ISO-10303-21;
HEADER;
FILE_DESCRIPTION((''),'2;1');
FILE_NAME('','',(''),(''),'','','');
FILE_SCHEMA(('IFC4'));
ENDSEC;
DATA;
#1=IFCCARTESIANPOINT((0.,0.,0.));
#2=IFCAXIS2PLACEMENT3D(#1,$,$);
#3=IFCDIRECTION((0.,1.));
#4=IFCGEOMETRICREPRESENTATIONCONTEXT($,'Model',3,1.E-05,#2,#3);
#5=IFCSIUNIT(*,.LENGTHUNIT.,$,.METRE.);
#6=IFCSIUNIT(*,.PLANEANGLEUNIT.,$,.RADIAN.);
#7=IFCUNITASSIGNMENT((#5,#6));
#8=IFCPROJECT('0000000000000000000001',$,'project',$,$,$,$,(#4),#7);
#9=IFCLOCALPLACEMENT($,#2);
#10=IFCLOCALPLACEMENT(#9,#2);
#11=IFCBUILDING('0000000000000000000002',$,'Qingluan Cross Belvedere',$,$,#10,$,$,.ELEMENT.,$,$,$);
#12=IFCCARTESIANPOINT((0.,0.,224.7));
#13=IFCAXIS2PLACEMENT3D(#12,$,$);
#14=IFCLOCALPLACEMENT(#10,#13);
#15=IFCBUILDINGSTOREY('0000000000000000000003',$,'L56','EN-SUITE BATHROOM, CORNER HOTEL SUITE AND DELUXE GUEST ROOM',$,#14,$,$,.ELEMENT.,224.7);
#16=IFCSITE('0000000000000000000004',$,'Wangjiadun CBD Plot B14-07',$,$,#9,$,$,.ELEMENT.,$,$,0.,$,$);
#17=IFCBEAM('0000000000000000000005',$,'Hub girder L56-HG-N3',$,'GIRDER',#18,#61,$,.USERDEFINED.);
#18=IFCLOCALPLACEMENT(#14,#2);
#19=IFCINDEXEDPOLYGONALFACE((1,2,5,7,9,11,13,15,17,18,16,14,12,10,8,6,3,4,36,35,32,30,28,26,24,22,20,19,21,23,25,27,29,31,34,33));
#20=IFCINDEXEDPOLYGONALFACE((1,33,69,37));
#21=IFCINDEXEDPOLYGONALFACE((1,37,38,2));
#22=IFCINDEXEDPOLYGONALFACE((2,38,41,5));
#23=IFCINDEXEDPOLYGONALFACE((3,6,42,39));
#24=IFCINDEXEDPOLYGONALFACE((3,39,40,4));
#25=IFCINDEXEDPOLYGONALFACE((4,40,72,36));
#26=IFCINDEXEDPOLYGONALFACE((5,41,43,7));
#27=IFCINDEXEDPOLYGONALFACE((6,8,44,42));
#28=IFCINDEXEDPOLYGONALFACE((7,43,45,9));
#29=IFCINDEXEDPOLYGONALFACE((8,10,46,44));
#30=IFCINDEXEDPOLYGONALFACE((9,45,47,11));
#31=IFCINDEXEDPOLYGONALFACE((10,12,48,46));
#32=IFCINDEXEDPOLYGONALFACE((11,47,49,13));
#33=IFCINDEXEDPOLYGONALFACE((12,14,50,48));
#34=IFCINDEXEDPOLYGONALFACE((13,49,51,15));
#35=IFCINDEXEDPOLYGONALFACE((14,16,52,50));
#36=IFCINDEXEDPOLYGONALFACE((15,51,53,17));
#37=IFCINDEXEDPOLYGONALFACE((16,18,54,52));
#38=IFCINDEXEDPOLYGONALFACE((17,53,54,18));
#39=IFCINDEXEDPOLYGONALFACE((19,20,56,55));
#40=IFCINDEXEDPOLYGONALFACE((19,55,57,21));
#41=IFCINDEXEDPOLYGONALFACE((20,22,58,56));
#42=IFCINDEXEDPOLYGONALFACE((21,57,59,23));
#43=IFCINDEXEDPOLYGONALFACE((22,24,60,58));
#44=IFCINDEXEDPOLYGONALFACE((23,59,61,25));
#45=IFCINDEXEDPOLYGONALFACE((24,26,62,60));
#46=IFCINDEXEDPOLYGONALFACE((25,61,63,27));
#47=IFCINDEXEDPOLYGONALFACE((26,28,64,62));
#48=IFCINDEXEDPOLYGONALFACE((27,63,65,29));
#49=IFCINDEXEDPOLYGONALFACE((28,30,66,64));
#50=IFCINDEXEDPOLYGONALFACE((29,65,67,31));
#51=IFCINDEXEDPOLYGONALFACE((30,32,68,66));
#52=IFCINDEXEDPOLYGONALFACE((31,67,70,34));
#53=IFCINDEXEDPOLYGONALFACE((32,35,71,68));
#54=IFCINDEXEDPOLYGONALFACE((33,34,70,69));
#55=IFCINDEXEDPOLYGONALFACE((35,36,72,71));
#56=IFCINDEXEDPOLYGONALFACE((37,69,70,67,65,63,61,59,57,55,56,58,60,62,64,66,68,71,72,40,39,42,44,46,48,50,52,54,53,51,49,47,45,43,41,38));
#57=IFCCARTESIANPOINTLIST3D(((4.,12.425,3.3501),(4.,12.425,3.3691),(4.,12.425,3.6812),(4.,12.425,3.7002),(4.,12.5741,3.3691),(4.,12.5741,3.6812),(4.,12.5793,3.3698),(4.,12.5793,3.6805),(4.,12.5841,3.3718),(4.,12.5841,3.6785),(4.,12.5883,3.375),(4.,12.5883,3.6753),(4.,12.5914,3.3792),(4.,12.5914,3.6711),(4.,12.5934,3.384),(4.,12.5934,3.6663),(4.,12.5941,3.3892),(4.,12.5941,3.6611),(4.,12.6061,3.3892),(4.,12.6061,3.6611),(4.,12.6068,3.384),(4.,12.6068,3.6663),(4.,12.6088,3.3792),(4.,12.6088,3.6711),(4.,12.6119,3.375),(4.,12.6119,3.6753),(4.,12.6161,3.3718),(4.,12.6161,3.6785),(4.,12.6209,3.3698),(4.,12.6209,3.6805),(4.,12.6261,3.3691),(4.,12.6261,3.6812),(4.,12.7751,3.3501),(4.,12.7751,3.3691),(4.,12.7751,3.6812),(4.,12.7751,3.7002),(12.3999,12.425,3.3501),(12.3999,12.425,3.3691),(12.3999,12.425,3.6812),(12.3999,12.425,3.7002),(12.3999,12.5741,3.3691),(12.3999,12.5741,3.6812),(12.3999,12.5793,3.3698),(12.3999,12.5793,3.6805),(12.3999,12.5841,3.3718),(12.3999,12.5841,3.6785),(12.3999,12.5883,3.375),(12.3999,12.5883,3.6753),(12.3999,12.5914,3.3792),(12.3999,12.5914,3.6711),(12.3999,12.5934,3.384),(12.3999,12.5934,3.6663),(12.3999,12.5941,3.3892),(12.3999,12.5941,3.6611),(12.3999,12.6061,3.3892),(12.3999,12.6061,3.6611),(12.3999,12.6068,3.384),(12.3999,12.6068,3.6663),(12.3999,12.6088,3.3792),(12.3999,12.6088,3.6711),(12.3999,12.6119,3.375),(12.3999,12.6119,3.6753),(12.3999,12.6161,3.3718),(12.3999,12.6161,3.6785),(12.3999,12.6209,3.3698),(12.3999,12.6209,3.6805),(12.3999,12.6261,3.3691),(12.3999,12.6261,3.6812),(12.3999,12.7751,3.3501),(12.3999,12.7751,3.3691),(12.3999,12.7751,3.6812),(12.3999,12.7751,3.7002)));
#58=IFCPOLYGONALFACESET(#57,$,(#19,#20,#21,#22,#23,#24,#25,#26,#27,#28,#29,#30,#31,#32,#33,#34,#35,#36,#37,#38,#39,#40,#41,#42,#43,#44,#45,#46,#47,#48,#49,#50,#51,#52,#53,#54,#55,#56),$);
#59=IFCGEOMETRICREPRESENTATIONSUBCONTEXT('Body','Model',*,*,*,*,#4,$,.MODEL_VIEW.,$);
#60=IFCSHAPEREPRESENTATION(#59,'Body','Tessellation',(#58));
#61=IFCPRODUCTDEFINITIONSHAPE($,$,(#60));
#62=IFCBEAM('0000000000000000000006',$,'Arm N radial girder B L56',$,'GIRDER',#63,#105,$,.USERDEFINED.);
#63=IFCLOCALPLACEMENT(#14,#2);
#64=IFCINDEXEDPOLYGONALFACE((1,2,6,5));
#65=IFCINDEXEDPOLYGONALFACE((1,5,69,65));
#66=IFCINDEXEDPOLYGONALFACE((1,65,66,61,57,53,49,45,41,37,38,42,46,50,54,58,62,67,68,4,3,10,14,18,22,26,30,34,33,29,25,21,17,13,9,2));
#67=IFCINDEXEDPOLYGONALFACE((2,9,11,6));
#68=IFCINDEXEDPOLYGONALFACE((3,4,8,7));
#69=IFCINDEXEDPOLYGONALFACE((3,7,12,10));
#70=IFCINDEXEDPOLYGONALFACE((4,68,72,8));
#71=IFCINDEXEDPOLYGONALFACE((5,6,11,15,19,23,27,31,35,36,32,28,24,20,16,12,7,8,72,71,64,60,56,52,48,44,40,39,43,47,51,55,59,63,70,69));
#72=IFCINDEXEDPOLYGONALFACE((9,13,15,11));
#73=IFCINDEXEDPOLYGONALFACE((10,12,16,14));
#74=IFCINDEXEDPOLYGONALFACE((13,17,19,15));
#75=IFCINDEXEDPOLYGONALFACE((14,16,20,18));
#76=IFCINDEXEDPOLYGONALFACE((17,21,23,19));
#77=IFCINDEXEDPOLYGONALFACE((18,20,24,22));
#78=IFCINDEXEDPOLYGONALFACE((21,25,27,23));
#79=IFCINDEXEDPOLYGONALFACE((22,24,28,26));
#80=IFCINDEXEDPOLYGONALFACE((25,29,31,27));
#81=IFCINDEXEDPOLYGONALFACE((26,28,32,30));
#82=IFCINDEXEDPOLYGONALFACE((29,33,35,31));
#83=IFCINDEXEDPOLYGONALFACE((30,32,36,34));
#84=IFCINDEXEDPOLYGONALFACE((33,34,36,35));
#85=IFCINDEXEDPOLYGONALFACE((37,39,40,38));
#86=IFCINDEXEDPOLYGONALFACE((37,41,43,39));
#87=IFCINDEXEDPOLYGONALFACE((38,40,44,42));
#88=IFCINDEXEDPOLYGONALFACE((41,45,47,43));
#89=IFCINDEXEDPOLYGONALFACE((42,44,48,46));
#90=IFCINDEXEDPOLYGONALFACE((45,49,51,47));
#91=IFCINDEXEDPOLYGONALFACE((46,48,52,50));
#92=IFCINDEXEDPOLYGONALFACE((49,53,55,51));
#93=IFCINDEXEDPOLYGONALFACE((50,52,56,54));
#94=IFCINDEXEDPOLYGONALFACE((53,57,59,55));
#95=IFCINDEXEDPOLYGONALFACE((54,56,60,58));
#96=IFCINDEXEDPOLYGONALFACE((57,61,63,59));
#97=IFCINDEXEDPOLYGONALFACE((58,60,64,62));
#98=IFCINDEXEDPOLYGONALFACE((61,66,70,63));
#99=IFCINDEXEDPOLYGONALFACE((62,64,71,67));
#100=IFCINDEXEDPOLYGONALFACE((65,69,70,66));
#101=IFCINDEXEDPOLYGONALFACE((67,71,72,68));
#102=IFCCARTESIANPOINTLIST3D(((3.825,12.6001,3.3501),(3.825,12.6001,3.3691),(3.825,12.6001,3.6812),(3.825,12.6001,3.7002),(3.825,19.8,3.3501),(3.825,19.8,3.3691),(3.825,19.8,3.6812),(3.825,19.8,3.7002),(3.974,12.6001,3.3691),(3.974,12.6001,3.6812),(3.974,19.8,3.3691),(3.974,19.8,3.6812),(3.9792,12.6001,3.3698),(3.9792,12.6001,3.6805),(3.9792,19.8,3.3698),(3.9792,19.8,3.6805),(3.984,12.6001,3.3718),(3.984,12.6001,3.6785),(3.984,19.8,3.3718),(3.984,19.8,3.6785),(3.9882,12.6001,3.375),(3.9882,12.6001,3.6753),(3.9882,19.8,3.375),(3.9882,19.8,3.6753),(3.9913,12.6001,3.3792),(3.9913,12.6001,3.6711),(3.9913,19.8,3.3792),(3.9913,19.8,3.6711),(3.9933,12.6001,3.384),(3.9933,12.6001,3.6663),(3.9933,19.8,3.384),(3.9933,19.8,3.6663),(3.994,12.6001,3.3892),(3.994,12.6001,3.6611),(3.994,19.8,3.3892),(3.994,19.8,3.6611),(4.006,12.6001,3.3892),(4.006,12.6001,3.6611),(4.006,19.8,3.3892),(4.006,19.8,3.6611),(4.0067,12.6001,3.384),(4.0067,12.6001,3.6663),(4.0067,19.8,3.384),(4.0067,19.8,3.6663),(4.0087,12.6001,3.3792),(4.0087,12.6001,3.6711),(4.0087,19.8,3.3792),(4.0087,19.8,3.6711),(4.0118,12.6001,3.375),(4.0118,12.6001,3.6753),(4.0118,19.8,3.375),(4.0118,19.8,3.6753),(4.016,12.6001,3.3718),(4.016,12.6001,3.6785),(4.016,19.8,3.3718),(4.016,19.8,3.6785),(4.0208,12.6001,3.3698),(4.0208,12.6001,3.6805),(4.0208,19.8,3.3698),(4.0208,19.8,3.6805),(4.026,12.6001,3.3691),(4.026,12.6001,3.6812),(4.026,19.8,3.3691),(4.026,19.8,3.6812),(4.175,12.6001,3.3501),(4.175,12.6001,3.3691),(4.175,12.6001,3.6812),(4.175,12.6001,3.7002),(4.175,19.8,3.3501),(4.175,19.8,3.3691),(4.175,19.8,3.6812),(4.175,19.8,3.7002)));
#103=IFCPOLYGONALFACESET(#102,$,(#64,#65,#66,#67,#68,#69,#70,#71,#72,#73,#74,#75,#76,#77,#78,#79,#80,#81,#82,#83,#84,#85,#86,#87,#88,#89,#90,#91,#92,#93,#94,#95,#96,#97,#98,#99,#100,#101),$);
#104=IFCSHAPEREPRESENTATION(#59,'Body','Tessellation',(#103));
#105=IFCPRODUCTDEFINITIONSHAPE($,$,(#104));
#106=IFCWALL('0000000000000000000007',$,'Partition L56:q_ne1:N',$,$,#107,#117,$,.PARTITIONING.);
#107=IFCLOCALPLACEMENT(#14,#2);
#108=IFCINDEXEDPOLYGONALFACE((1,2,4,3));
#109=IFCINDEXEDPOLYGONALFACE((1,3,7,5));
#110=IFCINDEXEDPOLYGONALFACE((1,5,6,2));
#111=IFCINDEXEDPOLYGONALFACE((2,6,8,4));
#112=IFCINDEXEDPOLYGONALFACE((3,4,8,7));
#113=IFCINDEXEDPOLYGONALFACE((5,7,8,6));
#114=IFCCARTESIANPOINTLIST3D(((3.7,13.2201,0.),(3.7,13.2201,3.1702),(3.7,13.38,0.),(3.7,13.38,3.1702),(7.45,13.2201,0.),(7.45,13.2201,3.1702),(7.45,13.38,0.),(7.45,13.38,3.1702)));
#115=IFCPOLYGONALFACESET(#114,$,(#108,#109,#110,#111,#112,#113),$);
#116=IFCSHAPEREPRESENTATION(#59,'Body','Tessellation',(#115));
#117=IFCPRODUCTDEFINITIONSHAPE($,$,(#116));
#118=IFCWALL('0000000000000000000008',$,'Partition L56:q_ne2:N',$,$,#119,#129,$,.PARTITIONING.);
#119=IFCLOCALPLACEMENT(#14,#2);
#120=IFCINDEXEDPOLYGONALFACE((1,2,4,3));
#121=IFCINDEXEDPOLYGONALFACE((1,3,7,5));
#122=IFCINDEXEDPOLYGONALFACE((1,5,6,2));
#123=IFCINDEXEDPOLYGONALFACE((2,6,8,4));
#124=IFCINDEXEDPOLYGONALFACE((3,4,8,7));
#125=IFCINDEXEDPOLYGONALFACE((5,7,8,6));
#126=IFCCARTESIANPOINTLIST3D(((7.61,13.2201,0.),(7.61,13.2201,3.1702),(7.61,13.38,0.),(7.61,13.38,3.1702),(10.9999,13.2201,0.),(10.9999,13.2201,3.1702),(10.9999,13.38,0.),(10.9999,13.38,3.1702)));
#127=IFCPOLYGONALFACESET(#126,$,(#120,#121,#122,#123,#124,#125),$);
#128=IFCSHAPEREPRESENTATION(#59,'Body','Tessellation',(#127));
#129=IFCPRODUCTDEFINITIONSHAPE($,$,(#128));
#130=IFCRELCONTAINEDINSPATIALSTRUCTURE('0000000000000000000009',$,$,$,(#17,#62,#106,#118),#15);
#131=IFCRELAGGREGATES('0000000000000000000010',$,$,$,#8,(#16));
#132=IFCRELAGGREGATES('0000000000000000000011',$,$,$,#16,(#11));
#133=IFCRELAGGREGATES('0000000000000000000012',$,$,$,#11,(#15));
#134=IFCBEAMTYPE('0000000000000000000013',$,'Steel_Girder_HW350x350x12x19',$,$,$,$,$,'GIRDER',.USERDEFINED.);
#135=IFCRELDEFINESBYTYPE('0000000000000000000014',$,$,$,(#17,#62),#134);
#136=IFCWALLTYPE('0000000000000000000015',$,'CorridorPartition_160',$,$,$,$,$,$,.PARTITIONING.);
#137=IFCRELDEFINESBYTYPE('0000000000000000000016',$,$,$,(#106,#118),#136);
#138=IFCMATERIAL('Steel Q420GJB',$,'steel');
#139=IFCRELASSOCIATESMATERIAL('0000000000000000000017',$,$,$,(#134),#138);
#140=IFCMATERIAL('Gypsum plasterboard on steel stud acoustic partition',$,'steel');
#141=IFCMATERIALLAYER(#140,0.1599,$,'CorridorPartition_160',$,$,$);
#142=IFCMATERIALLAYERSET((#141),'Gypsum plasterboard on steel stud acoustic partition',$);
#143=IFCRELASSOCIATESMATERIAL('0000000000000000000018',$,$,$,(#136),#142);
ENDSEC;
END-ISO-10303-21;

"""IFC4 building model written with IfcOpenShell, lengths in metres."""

from ifc_helpers import new_model, si_unit, direction, frame, frame_2d, origin, origin_2d, place, context, subcontext, project, spatial, rectangle, i_section, extrude, material, layer, layer_set, material_profile, profile_set, type_object, element, save


model = new_model("IFC4")

# Units and contexts
model_context = context("Model", 3, precision=1e-05, world=origin(), true_north=direction((0.0, 1.0)))
body_context = subcontext(model_context, "Body", "Model", "MODEL_VIEW")
ifc_project = project(units=[si_unit("LENGTHUNIT", "METRE"), si_unit("PLANEANGLEUNIT", "RADIAN")], contexts=[model_context])

# Site, building, storey
site_placement = place(None, origin())
site = spatial("IfcSite", under=ifc_project, at=site_placement, Name="Wangjiadun CBD Plot B14-07", CompositionType="ELEMENT", RefElevation=0.0)
building_placement = place(site_placement, origin())
building = spatial("IfcBuilding", under=site, at=building_placement, Name="Qingluan Cross Belvedere", CompositionType="ELEMENT")
storey_placement = place(building_placement, frame((0.0, 0.0, 224.7)))
storey = spatial("IfcBuildingStorey", under=building, at=storey_placement, Name="L56", Description="EN-SUITE BATHROOM, CORNER HOTEL SUITE AND DELUXE GUEST ROOM", CompositionType="ELEMENT", Elevation=224.7)

# Beams
ifc_material_1 = material(Name="Steel Q420GJB", Category="steel")
ifc_material_profile_1 = material_profile(ifc_material_1, i_section(OverallWidth=0.3501, OverallDepth=0.3501, WebThickness=0.012, FlangeThickness=0.019, FilletRadius=0.02, at=origin_2d()), Name="HW350x350x12x19")
ifc_profile_set_1 = profile_set([ifc_material_profile_1], Name="Steel Q420GJB")
beam_type_1 = type_object("IfcBeamType", Name="Steel_Girder_HW350x350x12x19", ElementType="GIRDER", PredefinedType="USERDEFINED", material=ifc_profile_set_1)
beam_1_placement = place(storey_placement, frame((4.0, 12.6001, 3.5251), z_axis=(1.0, 0.0, 0.0), x_axis=(0.0, 1.0, 0.0)))
element("IfcBeam", 1, at=beam_1_placement, inside=storey, type_object=beam_type_1, Name="Hub girder L56-HG-N3", ObjectType="GIRDER", PredefinedType="USERDEFINED", context=body_context, shape_type="SweptSolid", body=[
    extrude(i_section(OverallWidth=0.3501, OverallDepth=0.3501, WebThickness=0.012, FlangeThickness=0.019, FilletRadius=0.02, at=origin_2d()), origin(), (0.0, 0.0, 1.0), 8.3999),
])
beam_2_placement = place(storey_placement, frame((4.0, 12.6001, 3.5251), z_axis=(0.0, 1.0, 0.0), x_axis=(-1.0, 0.0, 0.0)))
element("IfcBeam", 2, at=beam_2_placement, inside=storey, type_object=beam_type_1, Name="Arm N radial girder B L56", ObjectType="GIRDER", PredefinedType="USERDEFINED", context=body_context, shape_type="SweptSolid", body=[
    extrude(i_section(OverallWidth=0.3501, OverallDepth=0.3501, WebThickness=0.012, FlangeThickness=0.019, FilletRadius=0.02, at=origin_2d()), origin(), (0.0, 0.0, 1.0), 7.2),
])

# Walls
ifc_material_2 = material(Name="Gypsum plasterboard on steel stud acoustic partition", Category="steel")
ifc_layer_1 = layer(ifc_material_2, 0.1599, Name="CorridorPartition_160")
ifc_layer_set_1 = layer_set([ifc_layer_1], Name="Gypsum plasterboard on steel stud acoustic partition")
wall_type_1 = type_object("IfcWallType", Name="CorridorPartition_160", PredefinedType="PARTITIONING", material=ifc_layer_set_1)
wall_1_placement = place(storey_placement, frame((3.7, 13.3, 0.0), z_axis=(0.0, 0.0, 1.0), x_axis=(1.0, 0.0, 0.0)))
element("IfcWall", 3, at=wall_1_placement, inside=storey, type_object=wall_type_1, Name="Partition L56:q_ne1:N", PredefinedType="PARTITIONING", context=body_context, shape_type="SweptSolid", body=[
    extrude(rectangle(XDim=3.75, YDim=0.1599, at=frame_2d((1.875, 0.0))), origin(), (0.0, 0.0, 1.0), 3.1702),
])
wall_2_placement = place(storey_placement, frame((7.6101, 13.3, 0.0), z_axis=(0.0, 0.0, 1.0), x_axis=(1.0, 0.0, 0.0)))
element("IfcWall", 4, at=wall_2_placement, inside=storey, type_object=wall_type_1, Name="Partition L56:q_ne2:N", PredefinedType="PARTITIONING", context=body_context, shape_type="SweptSolid", body=[
    extrude(rectangle(XDim=3.3899, YDim=0.1599, at=frame_2d((1.6948, 0.0))), origin(), (0.0, 0.0, 1.0), 3.1702),
])

save(model, "model.ifc")
